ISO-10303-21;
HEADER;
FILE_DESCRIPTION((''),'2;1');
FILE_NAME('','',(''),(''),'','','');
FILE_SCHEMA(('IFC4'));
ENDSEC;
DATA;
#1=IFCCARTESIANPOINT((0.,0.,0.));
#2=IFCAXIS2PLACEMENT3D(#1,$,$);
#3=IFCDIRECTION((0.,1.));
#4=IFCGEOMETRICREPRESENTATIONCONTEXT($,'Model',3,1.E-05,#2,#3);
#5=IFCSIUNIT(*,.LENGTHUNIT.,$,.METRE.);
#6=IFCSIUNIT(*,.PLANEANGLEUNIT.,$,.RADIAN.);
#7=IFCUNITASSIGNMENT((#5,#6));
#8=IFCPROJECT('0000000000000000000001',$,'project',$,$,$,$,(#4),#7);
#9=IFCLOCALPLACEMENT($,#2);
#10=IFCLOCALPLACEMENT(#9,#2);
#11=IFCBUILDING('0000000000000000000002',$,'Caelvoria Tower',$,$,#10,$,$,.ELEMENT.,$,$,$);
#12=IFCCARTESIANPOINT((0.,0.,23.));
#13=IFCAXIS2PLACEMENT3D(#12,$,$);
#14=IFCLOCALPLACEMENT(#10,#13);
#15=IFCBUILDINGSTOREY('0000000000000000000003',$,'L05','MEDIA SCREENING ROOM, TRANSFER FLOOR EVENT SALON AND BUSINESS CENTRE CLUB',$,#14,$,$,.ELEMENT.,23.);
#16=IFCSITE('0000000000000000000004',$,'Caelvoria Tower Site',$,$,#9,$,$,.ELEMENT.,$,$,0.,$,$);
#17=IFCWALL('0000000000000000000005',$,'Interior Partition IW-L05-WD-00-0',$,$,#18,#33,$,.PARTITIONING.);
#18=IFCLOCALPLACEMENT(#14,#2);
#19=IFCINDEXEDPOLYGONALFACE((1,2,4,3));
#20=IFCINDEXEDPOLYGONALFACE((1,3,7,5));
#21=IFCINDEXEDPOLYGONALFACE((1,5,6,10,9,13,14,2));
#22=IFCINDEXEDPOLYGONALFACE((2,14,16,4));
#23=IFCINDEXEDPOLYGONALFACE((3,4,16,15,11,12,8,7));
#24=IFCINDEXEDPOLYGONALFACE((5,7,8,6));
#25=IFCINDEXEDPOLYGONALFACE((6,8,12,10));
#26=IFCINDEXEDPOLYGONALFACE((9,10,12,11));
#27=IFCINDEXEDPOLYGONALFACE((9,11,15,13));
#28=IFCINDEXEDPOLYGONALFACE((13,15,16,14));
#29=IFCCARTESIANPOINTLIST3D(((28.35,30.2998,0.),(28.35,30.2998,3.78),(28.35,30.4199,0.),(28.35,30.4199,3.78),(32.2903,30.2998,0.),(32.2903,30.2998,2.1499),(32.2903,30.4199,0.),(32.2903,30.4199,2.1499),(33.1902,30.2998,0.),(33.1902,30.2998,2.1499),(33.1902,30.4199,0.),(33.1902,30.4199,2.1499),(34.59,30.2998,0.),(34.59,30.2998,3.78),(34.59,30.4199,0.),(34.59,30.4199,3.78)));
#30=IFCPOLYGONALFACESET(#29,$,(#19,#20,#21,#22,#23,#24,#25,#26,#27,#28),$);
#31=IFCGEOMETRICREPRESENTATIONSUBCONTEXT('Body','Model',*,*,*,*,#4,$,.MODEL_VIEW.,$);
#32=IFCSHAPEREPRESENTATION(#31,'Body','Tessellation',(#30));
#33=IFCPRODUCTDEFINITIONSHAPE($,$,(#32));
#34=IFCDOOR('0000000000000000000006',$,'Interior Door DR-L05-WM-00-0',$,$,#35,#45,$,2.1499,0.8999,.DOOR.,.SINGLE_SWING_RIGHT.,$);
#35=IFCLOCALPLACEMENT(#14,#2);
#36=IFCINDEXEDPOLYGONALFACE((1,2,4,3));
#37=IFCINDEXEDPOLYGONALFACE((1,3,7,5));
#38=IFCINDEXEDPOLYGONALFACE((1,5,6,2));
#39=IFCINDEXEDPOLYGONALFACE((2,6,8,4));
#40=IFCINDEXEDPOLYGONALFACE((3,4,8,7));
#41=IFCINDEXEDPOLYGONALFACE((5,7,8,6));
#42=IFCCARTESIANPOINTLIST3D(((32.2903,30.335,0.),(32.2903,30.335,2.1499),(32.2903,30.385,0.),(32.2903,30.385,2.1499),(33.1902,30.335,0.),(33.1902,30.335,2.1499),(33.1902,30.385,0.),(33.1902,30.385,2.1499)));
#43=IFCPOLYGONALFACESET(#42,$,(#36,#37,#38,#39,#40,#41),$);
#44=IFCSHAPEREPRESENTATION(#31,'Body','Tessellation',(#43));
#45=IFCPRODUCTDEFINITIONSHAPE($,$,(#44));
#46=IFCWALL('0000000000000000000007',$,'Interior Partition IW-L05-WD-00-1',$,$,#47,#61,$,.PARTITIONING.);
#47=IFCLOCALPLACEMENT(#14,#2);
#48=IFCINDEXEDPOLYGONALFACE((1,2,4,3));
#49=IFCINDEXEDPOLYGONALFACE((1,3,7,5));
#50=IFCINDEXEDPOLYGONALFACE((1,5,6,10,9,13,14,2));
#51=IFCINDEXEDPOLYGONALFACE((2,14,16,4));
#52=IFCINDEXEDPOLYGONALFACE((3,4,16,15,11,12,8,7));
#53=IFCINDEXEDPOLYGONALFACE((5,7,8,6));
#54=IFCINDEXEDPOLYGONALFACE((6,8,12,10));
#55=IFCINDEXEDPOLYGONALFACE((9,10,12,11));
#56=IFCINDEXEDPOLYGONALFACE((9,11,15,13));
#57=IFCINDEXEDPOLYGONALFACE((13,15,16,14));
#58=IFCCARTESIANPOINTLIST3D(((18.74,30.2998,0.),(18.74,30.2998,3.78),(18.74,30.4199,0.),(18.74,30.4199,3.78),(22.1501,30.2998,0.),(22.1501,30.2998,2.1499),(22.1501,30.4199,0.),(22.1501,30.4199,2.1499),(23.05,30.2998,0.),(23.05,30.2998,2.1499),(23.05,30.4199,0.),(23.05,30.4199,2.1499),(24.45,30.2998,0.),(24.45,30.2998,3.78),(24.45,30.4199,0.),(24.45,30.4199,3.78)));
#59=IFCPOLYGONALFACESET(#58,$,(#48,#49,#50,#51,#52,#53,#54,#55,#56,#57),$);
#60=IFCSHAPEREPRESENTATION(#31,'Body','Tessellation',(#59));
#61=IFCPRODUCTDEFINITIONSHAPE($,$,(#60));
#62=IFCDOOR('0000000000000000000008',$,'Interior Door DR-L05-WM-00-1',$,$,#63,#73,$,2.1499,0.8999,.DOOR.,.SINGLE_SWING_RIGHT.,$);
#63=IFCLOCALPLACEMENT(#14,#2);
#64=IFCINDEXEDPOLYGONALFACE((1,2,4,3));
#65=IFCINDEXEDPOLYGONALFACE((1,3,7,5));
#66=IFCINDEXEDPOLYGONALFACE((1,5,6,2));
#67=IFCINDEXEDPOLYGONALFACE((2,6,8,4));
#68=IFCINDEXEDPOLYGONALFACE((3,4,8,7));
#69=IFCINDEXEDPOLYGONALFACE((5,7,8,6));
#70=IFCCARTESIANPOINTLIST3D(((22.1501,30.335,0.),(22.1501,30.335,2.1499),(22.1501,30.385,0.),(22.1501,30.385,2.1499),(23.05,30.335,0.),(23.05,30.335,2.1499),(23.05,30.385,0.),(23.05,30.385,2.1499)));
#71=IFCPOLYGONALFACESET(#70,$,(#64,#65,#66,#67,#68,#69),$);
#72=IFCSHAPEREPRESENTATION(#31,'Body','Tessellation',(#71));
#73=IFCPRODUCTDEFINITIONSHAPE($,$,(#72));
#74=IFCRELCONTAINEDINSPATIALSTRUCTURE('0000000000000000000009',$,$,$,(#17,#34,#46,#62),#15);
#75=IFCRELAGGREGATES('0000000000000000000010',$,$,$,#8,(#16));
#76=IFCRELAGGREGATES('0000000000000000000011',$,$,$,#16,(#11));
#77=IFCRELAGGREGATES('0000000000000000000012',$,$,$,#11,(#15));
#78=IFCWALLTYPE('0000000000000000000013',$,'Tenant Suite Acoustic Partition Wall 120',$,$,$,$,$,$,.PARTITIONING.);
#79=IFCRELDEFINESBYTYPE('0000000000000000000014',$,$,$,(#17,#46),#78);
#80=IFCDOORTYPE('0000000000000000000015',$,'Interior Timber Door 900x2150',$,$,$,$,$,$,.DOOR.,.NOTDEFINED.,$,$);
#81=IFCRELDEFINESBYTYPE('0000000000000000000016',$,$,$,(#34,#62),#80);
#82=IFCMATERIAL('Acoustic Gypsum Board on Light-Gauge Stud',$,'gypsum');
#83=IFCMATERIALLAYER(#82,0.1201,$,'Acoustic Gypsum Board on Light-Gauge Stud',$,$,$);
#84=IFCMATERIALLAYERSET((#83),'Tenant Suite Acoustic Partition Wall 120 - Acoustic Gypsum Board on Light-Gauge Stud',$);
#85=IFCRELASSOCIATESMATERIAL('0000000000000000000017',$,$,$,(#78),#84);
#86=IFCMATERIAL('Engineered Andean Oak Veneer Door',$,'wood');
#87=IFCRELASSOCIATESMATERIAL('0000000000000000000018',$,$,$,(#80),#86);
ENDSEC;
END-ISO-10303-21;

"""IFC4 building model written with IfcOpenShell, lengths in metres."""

from ifc_helpers import new_model, si_unit, direction, frame, frame_2d, origin, place, context, subcontext, project, spatial, rectangle, extrude, material, layer, layer_set, type_object, element, fill, save


model = new_model("IFC4")

# Units and contexts
model_context = context("Model", 3, precision=1e-05, world=origin(), true_north=direction((0.0, 1.0)))
body_context = subcontext(model_context, "Body", "Model", "MODEL_VIEW")
ifc_project = project(units=[si_unit("LENGTHUNIT", "METRE"), si_unit("PLANEANGLEUNIT", "RADIAN")], contexts=[model_context])

# Site, building, storey
site_placement = place(None, origin())
site = spatial("IfcSite", under=ifc_project, at=site_placement, Name="Caelvoria Tower Site", CompositionType="ELEMENT", RefElevation=0.0)
building_placement = place(site_placement, origin())
building = spatial("IfcBuilding", under=site, at=building_placement, Name="Caelvoria Tower", CompositionType="ELEMENT")
storey_placement = place(building_placement, frame((0.0, 0.0, 23.0)))
storey = spatial("IfcBuildingStorey", under=building, at=storey_placement, Name="L05", Description="MEDIA SCREENING ROOM, TRANSFER FLOOR EVENT SALON AND BUSINESS CENTRE CLUB", CompositionType="ELEMENT", Elevation=23.0)

# Walls, openings, doors
ifc_material_1 = material(Name="Acoustic Gypsum Board on Light-Gauge Stud", Category="gypsum")
ifc_layer_1 = layer(ifc_material_1, 0.1201, Name="Acoustic Gypsum Board on Light-Gauge Stud")
ifc_layer_set_1 = layer_set([ifc_layer_1], Name="Tenant Suite Acoustic Partition Wall 120 - Acoustic Gypsum Board on Light-Gauge Stud")
wall_type_1 = type_object("IfcWallType", Name="Tenant Suite Acoustic Partition Wall 120", PredefinedType="PARTITIONING", material=ifc_layer_set_1)
ifc_material_2 = material(Name="Engineered Andean Oak Veneer Door", Category="wood")
wall_1_placement = place(storey_placement, frame((34.5901, 30.3599, 0.0), z_axis=(0.0, 0.0, 1.0), x_axis=(-1.0, 0.0, 0.0)))
wall_1 = element("IfcWall", 1, at=wall_1_placement, inside=storey, type_object=wall_type_1, Name="Interior Partition IW-L05-WD-00-0", PredefinedType="PARTITIONING", context=body_context, shape_type="SweptSolid", body=[
    extrude(rectangle(XDim=6.24, YDim=0.1201, at=frame_2d((3.1201, 0.0))), origin(), (0.0, 0.0, 1.0), 3.78),
])
opening_1_placement = place(wall_1_placement, frame((1.3999, 0.0, 0.0)))
opening_1 = element("IfcOpeningElement", 2, at=opening_1_placement, cuts=wall_1, PredefinedType="OPENING", context=body_context, shape_type="SweptSolid", body=[
    extrude(rectangle(XDim=0.8999, YDim=2.1499, at=frame_2d((0.45, 1.075))), frame((0.0, 0.0701, 0.0), z_axis=(0.0, -1.0, 0.0), x_axis=(1.0, 0.0, 0.0)), (0.0, 0.0, 1.0), 0.1401),
])
door_type_1 = type_object("IfcDoorType", Name="Interior Timber Door 900x2150", OperationType="NOTDEFINED", PredefinedType="DOOR", material=ifc_material_2)
door_1_placement = place(opening_1_placement, origin())
door_1 = element("IfcDoor", 3, at=door_1_placement, inside=storey, type_object=door_type_1, Name="Interior Door DR-L05-WM-00-0", OperationType="SINGLE_SWING_RIGHT", OverallHeight=2.1499, OverallWidth=0.8999, PredefinedType="DOOR", context=body_context, shape_type="SweptSolid", body=[
    extrude(rectangle(XDim=0.8999, YDim=2.1499, at=frame_2d((0.45, 1.075))), frame((0.0, 0.0249, 0.0), z_axis=(0.0, -1.0, 0.0), x_axis=(1.0, 0.0, 0.0)), (0.0, 0.0, 1.0), 0.05),
])
fill(opening_1, door_1)
wall_2_placement = place(storey_placement, frame((24.45, 30.3599, 0.0), z_axis=(0.0, 0.0, 1.0), x_axis=(-1.0, 0.0, 0.0)))
wall_2 = element("IfcWall", 4, at=wall_2_placement, inside=storey, type_object=wall_type_1, Name="Interior Partition IW-L05-WD-00-1", PredefinedType="PARTITIONING", context=body_context, shape_type="SweptSolid", body=[
    extrude(rectangle(XDim=5.71, YDim=0.1201, at=frame_2d((2.855, 0.0))), origin(), (0.0, 0.0, 1.0), 3.78),
])
opening_2_placement = place(wall_2_placement, frame((1.3999, 0.0, 0.0)))
opening_2 = element("IfcOpeningElement", 5, at=opening_2_placement, cuts=wall_2, PredefinedType="OPENING", context=body_context, shape_type="SweptSolid", body=[
    extrude(rectangle(XDim=0.8999, YDim=2.1499, at=frame_2d((0.45, 1.075))), frame((0.0, 0.0701, 0.0), z_axis=(0.0, -1.0, 0.0), x_axis=(1.0, 0.0, 0.0)), (0.0, 0.0, 1.0), 0.1401),
])
door_2_placement = place(opening_2_placement, origin())
door_2 = element("IfcDoor", 6, at=door_2_placement, inside=storey, type_object=door_type_1, Name="Interior Door DR-L05-WM-00-1", OperationType="SINGLE_SWING_RIGHT", OverallHeight=2.1499, OverallWidth=0.8999, PredefinedType="DOOR", context=body_context, shape_type="SweptSolid", body=[
    extrude(rectangle(XDim=0.8999, YDim=2.1499, at=frame_2d((0.45, 1.075))), frame((0.0, 0.0249, 0.0), z_axis=(0.0, -1.0, 0.0), x_axis=(1.0, 0.0, 0.0)), (0.0, 0.0, 1.0), 0.05),
])
fill(opening_2, door_2)

save(model, "model.ifc")
